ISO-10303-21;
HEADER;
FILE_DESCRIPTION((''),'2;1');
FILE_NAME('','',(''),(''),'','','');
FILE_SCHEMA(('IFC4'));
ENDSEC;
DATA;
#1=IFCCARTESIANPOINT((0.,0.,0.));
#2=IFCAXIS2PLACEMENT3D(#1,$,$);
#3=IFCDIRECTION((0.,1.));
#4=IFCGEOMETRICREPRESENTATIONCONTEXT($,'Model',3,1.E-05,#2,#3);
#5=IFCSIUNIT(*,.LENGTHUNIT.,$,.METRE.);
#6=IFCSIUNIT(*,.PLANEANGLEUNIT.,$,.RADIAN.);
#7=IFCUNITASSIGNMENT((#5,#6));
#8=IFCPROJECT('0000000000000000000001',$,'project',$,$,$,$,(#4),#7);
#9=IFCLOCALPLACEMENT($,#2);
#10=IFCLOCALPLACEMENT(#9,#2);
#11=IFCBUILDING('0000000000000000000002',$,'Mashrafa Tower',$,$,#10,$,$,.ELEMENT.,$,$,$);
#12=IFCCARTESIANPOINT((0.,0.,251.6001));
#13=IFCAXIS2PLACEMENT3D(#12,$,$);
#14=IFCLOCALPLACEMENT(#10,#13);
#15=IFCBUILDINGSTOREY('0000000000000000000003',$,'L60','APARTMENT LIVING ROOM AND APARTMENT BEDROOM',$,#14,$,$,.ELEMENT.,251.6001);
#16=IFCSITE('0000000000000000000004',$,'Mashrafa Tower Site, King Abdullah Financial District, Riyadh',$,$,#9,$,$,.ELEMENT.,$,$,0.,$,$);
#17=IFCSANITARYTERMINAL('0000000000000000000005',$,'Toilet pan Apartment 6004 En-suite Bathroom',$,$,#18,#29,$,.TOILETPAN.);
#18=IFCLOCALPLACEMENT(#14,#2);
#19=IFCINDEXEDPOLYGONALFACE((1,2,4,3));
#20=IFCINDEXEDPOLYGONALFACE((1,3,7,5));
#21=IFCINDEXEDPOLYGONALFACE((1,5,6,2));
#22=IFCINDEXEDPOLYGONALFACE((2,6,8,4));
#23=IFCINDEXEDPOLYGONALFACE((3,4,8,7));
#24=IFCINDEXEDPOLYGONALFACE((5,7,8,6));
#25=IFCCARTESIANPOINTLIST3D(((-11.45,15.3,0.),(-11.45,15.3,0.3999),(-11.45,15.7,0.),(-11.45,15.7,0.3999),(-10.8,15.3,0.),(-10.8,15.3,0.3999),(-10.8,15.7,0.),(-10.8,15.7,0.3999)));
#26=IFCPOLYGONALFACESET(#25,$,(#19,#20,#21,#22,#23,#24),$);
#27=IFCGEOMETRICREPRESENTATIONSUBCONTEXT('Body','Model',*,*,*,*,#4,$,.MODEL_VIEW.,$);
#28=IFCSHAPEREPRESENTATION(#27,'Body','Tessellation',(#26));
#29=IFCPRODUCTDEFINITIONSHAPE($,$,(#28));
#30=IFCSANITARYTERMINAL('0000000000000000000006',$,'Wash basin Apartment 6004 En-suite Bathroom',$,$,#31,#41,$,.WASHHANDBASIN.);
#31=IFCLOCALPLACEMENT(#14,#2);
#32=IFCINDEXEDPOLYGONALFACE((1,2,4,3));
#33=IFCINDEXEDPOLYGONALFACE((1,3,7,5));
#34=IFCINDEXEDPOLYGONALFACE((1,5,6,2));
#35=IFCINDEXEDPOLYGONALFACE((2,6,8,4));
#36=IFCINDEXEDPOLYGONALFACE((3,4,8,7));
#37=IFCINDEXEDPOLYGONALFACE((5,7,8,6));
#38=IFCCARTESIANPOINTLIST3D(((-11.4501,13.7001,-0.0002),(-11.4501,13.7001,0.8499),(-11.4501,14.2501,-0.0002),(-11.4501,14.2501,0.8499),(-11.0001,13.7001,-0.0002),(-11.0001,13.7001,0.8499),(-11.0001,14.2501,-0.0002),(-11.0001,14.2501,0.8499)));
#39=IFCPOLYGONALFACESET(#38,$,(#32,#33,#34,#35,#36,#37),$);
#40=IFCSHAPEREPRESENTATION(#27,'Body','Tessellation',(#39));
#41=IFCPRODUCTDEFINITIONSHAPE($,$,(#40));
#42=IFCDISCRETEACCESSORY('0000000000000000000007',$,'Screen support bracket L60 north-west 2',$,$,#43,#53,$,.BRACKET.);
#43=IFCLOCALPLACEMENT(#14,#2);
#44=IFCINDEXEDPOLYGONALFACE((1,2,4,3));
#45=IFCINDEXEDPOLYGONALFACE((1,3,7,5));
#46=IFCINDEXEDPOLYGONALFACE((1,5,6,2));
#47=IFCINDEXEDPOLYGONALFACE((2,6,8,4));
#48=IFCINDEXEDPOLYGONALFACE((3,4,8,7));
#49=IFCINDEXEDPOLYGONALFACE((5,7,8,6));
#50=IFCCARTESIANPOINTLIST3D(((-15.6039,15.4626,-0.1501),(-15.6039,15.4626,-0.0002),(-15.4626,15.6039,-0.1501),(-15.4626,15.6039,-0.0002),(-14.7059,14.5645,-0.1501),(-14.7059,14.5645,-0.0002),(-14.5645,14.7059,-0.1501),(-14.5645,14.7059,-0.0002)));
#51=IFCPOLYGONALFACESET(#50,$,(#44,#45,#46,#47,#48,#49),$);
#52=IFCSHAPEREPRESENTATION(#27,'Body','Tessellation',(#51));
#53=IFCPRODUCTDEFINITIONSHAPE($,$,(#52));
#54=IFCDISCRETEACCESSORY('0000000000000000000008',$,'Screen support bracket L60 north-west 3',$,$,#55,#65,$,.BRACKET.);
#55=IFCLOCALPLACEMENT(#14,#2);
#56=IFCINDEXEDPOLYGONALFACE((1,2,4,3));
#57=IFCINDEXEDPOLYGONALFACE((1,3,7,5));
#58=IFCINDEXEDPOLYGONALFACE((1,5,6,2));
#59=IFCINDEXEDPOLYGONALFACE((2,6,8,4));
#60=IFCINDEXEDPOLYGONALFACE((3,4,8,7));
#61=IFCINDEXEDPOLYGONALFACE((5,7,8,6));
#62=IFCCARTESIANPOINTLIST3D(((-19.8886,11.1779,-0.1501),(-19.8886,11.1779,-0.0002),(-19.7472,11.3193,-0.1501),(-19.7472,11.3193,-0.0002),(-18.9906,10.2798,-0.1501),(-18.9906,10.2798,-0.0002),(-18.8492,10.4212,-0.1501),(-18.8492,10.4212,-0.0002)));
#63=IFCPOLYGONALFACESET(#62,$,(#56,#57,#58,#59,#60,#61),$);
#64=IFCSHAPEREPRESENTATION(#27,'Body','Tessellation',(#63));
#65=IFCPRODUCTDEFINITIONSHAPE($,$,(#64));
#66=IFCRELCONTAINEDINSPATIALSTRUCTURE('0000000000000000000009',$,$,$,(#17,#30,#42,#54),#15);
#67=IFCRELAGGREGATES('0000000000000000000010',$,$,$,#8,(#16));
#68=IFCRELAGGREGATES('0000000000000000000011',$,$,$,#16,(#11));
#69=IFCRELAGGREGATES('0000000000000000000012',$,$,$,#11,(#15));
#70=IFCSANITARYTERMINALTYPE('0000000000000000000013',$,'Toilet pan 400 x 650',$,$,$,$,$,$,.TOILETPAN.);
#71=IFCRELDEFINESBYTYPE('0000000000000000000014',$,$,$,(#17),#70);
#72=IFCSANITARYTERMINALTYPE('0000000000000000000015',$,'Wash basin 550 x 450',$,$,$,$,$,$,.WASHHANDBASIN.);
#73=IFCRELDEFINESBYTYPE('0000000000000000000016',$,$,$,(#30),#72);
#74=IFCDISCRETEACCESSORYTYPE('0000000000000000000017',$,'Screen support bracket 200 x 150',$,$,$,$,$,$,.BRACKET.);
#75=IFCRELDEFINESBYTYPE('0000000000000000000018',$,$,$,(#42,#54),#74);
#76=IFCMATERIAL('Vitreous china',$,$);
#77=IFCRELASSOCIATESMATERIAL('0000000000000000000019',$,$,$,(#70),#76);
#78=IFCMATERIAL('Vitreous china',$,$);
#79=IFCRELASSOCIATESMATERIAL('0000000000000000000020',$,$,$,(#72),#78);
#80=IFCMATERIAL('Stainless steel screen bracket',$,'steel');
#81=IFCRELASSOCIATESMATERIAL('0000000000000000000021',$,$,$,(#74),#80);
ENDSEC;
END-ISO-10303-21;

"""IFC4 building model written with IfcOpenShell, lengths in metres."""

from ifc_helpers import new_model, si_unit, direction, frame, origin, origin_2d, place, context, subcontext, project, spatial, rectangle, extrude, source, transform, mapped, material, type_object, type_shapes, element, save


model = new_model("IFC4")

# Units and contexts
model_context = context("Model", 3, precision=1e-05, world=origin(), true_north=direction((0.0, 1.0)))
body_context = subcontext(model_context, "Body", "Model", "MODEL_VIEW")
ifc_project = project(units=[si_unit("LENGTHUNIT", "METRE"), si_unit("PLANEANGLEUNIT", "RADIAN")], contexts=[model_context])

# Site, building, storey
site_placement = place(None, origin())
site = spatial("IfcSite", under=ifc_project, at=site_placement, Name="Mashrafa Tower Site, King Abdullah Financial District, Riyadh", CompositionType="ELEMENT", RefElevation=0.0)
building_placement = place(site_placement, origin())
building = spatial("IfcBuilding", under=site, at=building_placement, Name="Mashrafa Tower", CompositionType="ELEMENT")
storey_placement = place(building_placement, frame((0.0, 0.0, 251.6001)))
storey = spatial("IfcBuildingStorey", under=building, at=storey_placement, Name="L60", Description="APARTMENT LIVING ROOM AND APARTMENT BEDROOM", CompositionType="ELEMENT", Elevation=251.6001)

# Sanitary terminals
ifc_material_1 = material(Name="Vitreous china")
sanitary_terminal_type_1 = type_object("IfcSanitaryTerminalType", Name="Toilet pan 400 x 650", PredefinedType="TOILETPAN", material=ifc_material_1)
sanitary_terminal_1_placement = place(storey_placement, frame((-11.125, 15.5, 0.0), z_axis=(0.0, 0.0, 1.0), x_axis=(0.0, -1.0, 0.0)))
element("IfcSanitaryTerminal", 1, at=sanitary_terminal_1_placement, inside=storey, type_object=sanitary_terminal_type_1, Name="Toilet pan Apartment 6004 En-suite Bathroom", PredefinedType="TOILETPAN", context=body_context, shape_type="SweptSolid", body=[
    extrude(rectangle(XDim=0.3999, YDim=0.6499, at=origin_2d()), origin(), (0.0, 0.0, 1.0), 0.3999),
])
ifc_material_2 = material(Name="Vitreous china")
sanitary_terminal_type_2 = type_object("IfcSanitaryTerminalType", Name="Wash basin 550 x 450", PredefinedType="WASHHANDBASIN", material=ifc_material_2)
sanitary_terminal_2_placement = place(storey_placement, frame((-11.2251, 13.9751, -0.0002), z_axis=(0.0, 0.0, 1.0), x_axis=(0.0, -1.0, 0.0)))
element("IfcSanitaryTerminal", 2, at=sanitary_terminal_2_placement, inside=storey, type_object=sanitary_terminal_type_2, Name="Wash basin Apartment 6004 En-suite Bathroom", PredefinedType="WASHHANDBASIN", context=body_context, shape_type="SweptSolid", body=[
    extrude(rectangle(XDim=0.55, YDim=0.45, at=origin_2d()), origin(), (0.0, 0.0, 1.0), 0.8501),
])

# Discrete accessories
ifc_material_3 = material(Name="Stainless steel screen bracket", Category="steel")
discrete_accessory_type = type_object("IfcDiscreteAccessoryType", Name="Screen support bracket 200 x 150", PredefinedType="BRACKET", material=ifc_material_3)
shared_shape_1 = source(origin(), body_context, "Body", "SweptSolid", [
    extrude(rectangle(XDim=0.2, YDim=1.27, at=origin_2d()), origin(), (0.0, 0.0, 1.0), 0.1499),
])
type_shapes(discrete_accessory_type, [shared_shape_1])
for number, where, z_axis, x_axis, name in (
    (3, (-15.0842, 15.0842, -0.1501), (0.0, 0.0, 1.0), (-0.707107, -0.707107, 0.0), "Screen support bracket L60 north-west 2"),
    (4, (-19.3689, 10.7996, -0.1501), (0.0, 0.0, 1.0), (-0.707107, -0.707107, 0.0), "Screen support bracket L60 north-west 3"),
):
    element("IfcDiscreteAccessory", number, at=place(storey_placement, frame(where, z_axis=z_axis, x_axis=x_axis)), inside=storey, type_object=discrete_accessory_type, Name=name, PredefinedType="BRACKET", context=body_context, shape_type="MappedRepresentation", body=[
        mapped(shared_shape_1, transform((0.0, 0.0, 0.0))),
    ])

save(model, "model.ifc")
